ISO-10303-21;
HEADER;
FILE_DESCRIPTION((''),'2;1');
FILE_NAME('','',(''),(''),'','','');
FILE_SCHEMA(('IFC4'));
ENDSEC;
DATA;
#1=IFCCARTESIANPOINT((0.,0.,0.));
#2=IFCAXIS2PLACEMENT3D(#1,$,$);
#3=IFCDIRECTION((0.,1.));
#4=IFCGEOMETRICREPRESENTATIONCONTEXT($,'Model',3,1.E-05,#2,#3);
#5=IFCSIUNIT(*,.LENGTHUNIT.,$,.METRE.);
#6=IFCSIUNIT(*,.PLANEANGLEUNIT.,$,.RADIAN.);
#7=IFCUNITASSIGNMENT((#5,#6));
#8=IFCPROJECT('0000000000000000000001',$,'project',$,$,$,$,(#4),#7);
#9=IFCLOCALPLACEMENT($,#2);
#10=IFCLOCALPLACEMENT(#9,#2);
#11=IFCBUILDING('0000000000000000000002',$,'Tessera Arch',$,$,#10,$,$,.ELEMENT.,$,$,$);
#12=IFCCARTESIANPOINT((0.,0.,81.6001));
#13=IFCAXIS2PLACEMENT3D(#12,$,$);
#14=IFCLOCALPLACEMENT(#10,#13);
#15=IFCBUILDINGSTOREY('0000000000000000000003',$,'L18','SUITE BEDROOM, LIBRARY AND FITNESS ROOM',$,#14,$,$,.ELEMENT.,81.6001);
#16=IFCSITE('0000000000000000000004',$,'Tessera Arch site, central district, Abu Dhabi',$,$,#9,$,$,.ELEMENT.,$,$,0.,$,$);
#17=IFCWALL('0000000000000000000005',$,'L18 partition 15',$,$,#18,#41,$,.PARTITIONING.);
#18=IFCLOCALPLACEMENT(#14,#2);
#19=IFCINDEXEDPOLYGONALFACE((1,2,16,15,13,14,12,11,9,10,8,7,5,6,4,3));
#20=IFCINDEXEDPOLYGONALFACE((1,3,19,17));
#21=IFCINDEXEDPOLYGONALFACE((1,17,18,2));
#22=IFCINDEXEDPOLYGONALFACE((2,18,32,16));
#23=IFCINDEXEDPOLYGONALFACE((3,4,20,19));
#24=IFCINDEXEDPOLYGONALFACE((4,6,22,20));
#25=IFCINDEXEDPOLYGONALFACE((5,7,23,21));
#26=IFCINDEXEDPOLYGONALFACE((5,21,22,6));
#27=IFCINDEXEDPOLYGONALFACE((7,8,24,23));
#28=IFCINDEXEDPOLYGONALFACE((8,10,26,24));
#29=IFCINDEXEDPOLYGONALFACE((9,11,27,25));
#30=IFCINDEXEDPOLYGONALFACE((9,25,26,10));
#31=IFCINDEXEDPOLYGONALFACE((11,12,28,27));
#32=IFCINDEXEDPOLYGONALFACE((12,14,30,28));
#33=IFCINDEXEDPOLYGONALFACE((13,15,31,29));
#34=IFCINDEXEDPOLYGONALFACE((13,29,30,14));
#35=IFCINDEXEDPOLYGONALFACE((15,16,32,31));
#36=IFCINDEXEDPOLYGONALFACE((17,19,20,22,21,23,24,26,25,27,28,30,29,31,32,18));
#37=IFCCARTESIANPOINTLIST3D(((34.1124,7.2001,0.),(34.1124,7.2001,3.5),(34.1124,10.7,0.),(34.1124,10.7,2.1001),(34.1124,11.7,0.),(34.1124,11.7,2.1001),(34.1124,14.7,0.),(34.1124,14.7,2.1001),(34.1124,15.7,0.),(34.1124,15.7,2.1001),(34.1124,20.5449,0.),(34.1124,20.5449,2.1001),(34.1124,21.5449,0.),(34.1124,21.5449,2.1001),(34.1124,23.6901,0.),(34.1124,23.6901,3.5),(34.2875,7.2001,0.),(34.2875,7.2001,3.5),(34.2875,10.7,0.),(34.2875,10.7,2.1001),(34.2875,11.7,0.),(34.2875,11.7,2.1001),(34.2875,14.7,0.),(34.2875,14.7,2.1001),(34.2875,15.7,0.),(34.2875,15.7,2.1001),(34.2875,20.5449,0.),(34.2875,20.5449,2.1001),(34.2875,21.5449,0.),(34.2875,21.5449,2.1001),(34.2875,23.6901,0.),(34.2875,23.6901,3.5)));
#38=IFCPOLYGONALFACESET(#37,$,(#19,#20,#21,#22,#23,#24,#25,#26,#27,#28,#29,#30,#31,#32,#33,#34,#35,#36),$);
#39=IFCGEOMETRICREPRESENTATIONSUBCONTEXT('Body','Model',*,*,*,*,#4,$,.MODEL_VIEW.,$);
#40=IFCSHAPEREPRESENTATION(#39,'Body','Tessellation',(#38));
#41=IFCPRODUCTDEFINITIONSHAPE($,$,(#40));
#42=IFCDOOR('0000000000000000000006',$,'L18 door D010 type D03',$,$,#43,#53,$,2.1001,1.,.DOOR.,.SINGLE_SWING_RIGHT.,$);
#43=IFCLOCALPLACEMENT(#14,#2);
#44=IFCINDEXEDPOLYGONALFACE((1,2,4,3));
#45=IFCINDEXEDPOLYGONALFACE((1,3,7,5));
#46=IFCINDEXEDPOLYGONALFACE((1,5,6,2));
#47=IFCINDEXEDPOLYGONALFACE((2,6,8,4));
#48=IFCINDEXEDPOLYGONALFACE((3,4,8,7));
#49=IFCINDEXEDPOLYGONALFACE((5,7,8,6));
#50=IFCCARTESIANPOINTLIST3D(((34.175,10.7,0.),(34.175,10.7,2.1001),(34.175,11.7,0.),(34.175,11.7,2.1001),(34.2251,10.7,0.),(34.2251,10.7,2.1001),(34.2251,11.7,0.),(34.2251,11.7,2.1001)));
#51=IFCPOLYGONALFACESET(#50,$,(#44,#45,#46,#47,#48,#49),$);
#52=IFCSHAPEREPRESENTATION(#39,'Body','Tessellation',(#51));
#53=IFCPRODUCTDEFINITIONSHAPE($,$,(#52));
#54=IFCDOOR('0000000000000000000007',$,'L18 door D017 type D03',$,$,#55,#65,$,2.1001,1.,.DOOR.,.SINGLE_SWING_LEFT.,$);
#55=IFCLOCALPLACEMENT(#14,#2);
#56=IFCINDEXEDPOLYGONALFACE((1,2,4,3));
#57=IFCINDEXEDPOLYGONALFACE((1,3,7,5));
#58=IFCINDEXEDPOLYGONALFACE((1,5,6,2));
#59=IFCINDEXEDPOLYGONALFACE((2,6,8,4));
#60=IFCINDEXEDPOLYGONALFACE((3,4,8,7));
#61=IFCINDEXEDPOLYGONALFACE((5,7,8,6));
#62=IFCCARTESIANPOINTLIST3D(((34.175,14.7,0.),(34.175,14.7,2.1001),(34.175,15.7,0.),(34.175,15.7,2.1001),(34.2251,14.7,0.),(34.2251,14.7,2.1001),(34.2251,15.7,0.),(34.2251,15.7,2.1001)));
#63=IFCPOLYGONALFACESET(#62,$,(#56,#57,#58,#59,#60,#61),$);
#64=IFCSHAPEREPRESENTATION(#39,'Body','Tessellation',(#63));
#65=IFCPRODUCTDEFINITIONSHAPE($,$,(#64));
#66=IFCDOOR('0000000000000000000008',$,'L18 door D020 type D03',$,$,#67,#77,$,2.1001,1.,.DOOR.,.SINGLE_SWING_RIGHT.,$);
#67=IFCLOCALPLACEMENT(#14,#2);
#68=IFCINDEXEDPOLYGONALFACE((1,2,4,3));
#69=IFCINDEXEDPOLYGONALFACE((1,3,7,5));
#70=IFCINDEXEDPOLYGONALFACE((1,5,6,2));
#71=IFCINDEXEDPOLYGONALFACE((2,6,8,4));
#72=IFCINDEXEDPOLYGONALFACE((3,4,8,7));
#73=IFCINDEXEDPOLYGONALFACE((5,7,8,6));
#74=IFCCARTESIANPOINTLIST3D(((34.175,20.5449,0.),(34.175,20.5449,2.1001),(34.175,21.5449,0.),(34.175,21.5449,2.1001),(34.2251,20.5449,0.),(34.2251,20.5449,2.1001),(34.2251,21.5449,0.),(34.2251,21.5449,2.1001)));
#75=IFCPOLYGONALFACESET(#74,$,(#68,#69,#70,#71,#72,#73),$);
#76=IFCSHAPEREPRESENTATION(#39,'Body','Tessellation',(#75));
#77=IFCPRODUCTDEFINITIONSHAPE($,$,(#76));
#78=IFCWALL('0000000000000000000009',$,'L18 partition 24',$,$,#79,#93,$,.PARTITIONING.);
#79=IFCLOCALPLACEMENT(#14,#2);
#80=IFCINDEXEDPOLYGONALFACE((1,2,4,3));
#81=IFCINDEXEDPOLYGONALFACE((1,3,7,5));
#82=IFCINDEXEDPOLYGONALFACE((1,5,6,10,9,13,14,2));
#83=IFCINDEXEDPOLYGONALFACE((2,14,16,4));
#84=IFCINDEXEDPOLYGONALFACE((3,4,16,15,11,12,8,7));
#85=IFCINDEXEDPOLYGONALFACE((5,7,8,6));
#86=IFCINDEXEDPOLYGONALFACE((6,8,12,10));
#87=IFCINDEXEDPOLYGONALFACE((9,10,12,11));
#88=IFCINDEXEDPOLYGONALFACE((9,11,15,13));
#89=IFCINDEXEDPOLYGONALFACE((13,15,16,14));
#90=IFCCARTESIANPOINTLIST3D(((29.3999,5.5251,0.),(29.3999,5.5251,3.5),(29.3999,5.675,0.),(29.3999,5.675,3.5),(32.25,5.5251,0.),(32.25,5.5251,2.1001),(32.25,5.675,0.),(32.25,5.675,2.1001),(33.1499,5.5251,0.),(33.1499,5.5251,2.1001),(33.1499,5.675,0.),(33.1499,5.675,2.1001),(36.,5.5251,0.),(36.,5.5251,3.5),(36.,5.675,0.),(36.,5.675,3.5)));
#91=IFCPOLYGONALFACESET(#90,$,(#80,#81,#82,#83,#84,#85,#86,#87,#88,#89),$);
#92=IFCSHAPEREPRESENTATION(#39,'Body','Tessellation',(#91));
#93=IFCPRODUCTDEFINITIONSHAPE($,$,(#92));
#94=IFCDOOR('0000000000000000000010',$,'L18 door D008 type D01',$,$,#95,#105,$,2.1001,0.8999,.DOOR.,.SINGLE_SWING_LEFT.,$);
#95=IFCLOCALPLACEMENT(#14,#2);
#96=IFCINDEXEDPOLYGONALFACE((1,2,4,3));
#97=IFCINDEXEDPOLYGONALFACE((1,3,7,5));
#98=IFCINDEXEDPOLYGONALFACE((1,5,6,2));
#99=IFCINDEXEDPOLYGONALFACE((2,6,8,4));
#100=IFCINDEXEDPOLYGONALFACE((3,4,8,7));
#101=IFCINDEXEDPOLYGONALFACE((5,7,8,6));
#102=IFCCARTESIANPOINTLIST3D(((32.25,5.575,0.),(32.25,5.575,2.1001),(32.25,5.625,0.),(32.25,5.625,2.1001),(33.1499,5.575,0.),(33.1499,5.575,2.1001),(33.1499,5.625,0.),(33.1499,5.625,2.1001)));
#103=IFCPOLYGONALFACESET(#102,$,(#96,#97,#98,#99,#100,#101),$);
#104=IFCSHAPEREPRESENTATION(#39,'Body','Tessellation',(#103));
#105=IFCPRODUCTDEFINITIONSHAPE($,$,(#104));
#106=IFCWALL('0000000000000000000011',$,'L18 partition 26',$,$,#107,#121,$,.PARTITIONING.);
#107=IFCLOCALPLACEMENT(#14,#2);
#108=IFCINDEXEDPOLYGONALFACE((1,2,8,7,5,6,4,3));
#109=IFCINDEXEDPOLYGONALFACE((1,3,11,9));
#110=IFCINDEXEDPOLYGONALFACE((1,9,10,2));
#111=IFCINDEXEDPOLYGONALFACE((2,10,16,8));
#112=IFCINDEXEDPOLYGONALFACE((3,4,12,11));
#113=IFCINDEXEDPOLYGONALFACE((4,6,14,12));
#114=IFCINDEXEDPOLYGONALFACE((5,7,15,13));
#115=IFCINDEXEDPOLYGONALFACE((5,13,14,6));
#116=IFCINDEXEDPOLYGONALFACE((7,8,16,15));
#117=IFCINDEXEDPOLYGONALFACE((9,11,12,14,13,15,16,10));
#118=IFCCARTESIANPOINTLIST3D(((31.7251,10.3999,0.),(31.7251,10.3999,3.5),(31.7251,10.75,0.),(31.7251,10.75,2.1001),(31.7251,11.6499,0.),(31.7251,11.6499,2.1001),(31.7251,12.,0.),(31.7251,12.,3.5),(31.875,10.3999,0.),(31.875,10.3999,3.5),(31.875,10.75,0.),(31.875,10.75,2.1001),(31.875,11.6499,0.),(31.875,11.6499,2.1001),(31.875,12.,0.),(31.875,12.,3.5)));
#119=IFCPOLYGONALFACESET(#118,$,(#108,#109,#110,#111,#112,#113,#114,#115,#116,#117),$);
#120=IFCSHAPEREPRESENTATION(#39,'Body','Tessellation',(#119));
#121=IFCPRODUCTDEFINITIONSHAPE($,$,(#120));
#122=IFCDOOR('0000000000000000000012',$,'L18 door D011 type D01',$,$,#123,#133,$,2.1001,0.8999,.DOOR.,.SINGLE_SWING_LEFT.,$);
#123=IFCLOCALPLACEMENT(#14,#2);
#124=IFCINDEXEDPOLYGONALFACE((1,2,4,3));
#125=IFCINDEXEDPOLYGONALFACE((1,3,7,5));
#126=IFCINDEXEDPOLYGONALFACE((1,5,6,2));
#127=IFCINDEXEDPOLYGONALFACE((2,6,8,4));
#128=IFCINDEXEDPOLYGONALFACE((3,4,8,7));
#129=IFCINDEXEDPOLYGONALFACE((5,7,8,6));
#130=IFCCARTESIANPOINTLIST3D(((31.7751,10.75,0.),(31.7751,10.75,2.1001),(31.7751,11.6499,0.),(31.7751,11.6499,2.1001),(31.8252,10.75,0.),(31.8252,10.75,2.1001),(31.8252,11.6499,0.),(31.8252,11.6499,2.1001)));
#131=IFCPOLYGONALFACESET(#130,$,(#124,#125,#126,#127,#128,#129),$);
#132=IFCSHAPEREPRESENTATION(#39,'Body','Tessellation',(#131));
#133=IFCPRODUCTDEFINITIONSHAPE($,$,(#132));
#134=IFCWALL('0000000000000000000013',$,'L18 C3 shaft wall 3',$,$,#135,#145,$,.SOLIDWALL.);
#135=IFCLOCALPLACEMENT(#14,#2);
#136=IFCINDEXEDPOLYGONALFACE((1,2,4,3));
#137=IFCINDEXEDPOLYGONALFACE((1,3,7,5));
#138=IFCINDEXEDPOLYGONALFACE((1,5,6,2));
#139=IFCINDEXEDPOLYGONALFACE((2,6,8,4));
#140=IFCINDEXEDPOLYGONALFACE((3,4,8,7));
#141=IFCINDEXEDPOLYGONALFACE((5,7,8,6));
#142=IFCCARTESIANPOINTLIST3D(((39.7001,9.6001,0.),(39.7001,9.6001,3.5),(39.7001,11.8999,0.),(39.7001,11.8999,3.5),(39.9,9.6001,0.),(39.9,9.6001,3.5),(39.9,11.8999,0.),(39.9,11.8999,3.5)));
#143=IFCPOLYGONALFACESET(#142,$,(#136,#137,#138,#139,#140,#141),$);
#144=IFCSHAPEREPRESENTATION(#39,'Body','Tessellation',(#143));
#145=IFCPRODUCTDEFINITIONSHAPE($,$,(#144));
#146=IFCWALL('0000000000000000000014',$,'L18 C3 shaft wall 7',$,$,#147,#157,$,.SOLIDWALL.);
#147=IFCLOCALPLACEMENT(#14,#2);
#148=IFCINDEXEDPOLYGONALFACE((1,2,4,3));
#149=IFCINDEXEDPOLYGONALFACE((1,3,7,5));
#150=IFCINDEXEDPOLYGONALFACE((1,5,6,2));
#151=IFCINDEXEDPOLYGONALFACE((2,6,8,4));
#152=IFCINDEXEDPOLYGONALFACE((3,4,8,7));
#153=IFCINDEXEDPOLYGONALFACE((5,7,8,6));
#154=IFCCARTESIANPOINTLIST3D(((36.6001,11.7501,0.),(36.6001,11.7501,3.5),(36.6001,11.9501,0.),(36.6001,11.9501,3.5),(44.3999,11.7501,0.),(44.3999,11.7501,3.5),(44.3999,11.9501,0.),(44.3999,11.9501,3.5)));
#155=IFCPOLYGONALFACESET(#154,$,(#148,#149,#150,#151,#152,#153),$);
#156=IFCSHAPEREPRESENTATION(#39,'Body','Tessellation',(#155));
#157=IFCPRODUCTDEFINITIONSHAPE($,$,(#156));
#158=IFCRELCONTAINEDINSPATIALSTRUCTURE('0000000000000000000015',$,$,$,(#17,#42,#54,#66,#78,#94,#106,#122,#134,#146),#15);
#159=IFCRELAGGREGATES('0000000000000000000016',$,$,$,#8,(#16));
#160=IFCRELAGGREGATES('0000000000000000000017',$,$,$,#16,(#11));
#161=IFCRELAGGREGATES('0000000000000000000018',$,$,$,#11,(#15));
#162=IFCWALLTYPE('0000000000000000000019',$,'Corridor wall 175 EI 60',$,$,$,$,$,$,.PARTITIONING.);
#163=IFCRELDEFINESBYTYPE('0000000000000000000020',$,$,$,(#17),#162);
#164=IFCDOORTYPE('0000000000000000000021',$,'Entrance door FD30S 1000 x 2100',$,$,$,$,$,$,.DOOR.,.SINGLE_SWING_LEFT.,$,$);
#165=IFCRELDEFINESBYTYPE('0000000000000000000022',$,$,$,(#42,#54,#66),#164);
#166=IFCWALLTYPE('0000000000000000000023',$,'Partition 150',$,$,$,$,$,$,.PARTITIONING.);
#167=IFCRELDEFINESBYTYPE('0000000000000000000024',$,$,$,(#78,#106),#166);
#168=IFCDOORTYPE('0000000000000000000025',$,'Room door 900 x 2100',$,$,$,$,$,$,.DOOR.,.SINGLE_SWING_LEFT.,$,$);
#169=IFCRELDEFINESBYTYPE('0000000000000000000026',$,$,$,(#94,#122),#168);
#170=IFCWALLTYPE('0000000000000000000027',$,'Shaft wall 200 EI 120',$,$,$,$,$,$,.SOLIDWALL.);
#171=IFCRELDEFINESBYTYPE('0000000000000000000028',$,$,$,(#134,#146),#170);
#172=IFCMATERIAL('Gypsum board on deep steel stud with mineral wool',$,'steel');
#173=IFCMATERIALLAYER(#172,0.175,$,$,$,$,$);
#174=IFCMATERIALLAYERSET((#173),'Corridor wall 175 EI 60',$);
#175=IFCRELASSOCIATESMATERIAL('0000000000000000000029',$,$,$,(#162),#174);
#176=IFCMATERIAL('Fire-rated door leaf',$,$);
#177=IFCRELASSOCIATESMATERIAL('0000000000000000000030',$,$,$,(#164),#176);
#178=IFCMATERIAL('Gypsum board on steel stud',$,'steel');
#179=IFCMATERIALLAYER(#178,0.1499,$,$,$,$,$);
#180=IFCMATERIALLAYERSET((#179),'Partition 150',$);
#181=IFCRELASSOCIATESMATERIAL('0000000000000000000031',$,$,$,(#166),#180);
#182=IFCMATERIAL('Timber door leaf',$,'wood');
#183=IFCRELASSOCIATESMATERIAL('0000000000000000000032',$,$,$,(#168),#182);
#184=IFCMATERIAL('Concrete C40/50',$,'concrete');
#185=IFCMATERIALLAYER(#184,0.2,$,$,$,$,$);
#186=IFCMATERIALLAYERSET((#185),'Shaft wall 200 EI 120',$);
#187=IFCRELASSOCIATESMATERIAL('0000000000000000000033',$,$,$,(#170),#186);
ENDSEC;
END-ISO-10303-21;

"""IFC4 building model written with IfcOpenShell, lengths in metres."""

from ifc_helpers import new_model, si_unit, direction, frame, frame_2d, origin, place, context, subcontext, project, spatial, rectangle, extrude, material, layer, layer_set, type_object, element, fill, save


model = new_model("IFC4")

# Units and contexts
model_context = context("Model", 3, precision=1e-05, world=origin(), true_north=direction((0.0, 1.0)))
body_context = subcontext(model_context, "Body", "Model", "MODEL_VIEW")
ifc_project = project(units=[si_unit("LENGTHUNIT", "METRE"), si_unit("PLANEANGLEUNIT", "RADIAN")], contexts=[model_context])

# Site, building, storey
site_placement = place(None, origin())
site = spatial("IfcSite", under=ifc_project, at=site_placement, Name="Tessera Arch site, central district, Abu Dhabi", CompositionType="ELEMENT", RefElevation=0.0)
building_placement = place(site_placement, origin())
building = spatial("IfcBuilding", under=site, at=building_placement, Name="Tessera Arch", CompositionType="ELEMENT")
storey_placement = place(building_placement, frame((0.0, 0.0, 81.6001)))
storey = spatial("IfcBuildingStorey", under=building, at=storey_placement, Name="L18", Description="SUITE BEDROOM, LIBRARY AND FITNESS ROOM", CompositionType="ELEMENT", Elevation=81.6001)

# Wall, openings, doors
ifc_material_1 = material(Name="Gypsum board on deep steel stud with mineral wool", Category="steel")
ifc_layer_1 = layer(ifc_material_1, 0.175)
ifc_layer_set_1 = layer_set([ifc_layer_1], Name="Corridor wall 175 EI 60")
wall_type_1 = type_object("IfcWallType", Name="Corridor wall 175 EI 60", PredefinedType="PARTITIONING", material=ifc_layer_set_1)
ifc_material_2 = material(Name="Fire-rated door leaf")
door_type_1 = type_object("IfcDoorType", Name="Entrance door FD30S 1000 x 2100", OperationType="SINGLE_SWING_LEFT", PredefinedType="DOOR", material=ifc_material_2)
wall_1_placement = place(storey_placement, frame((34.2, 7.2, 0.0), z_axis=(0.0, 0.0, 1.0), x_axis=(0.0, 1.0, 0.0)))
wall_1 = element("IfcWall", 1, at=wall_1_placement, inside=storey, type_object=wall_type_1, Name="L18 partition 15", PredefinedType="PARTITIONING", context=body_context, shape_type="SweptSolid", body=[
    extrude(rectangle(XDim=16.49, YDim=0.175, at=frame_2d((8.2451, 0.0))), origin(), (0.0, 0.0, 1.0), 3.5),
])
opening_1_placement = place(wall_1_placement, frame((3.5, 0.0, 0.0)))
opening_1 = element("IfcOpeningElement", 2, at=opening_1_placement, cuts=wall_1, PredefinedType="OPENING", context=body_context, shape_type="SweptSolid", body=[
    extrude(rectangle(XDim=1.0, YDim=2.1001, at=frame_2d((0.5, 1.05))), frame((0.0, 0.0974, 0.0), z_axis=(0.0, -1.0, 0.0), x_axis=(1.0, 0.0, 0.0)), (0.0, 0.0, 1.0), 0.1951),
])
opening_2_placement = place(wall_1_placement, frame((7.5, 0.0, 0.0)))
opening_2 = element("IfcOpeningElement", 3, at=opening_2_placement, cuts=wall_1, PredefinedType="OPENING", context=body_context, shape_type="SweptSolid", body=[
    extrude(rectangle(XDim=1.0, YDim=2.1001, at=frame_2d((0.5, 1.05))), frame((0.0, 0.0974, 0.0), z_axis=(0.0, -1.0, 0.0), x_axis=(1.0, 0.0, 0.0)), (0.0, 0.0, 1.0), 0.1951),
])
opening_3_placement = place(wall_1_placement, frame((13.345, 0.0, 0.0)))
opening_3 = element("IfcOpeningElement", 4, at=opening_3_placement, cuts=wall_1, PredefinedType="OPENING", context=body_context, shape_type="SweptSolid", body=[
    extrude(rectangle(XDim=1.0, YDim=2.1001, at=frame_2d((0.5, 1.05))), frame((0.0, 0.0974, 0.0), z_axis=(0.0, -1.0, 0.0), x_axis=(1.0, 0.0, 0.0)), (0.0, 0.0, 1.0), 0.1951),
])
door_1_placement = place(opening_1_placement, origin())
door_1 = element("IfcDoor", 5, at=door_1_placement, inside=storey, type_object=door_type_1, Name="L18 door D010 type D03", OperationType="SINGLE_SWING_RIGHT", OverallHeight=2.1001, OverallWidth=1.0, PredefinedType="DOOR", context=body_context, shape_type="SweptSolid", body=[
    extrude(rectangle(XDim=1.0, YDim=2.1001, at=frame_2d((0.5, 1.05))), frame((0.0, 0.0249, 0.0), z_axis=(0.0, -1.0, 0.0), x_axis=(1.0, 0.0, 0.0)), (0.0, 0.0, 1.0), 0.05),
])
fill(opening_1, door_1)
door_2_placement = place(opening_2_placement, origin())
door_2 = element("IfcDoor", 6, at=door_2_placement, inside=storey, type_object=door_type_1, Name="L18 door D017 type D03", OperationType="SINGLE_SWING_LEFT", OverallHeight=2.1001, OverallWidth=1.0, PredefinedType="DOOR", context=body_context, shape_type="SweptSolid", body=[
    extrude(rectangle(XDim=1.0, YDim=2.1001, at=frame_2d((0.5, 1.05))), frame((0.0, 0.0249, 0.0), z_axis=(0.0, -1.0, 0.0), x_axis=(1.0, 0.0, 0.0)), (0.0, 0.0, 1.0), 0.05),
])
fill(opening_2, door_2)
door_3_placement = place(opening_3_placement, origin())
door_3 = element("IfcDoor", 7, at=door_3_placement, inside=storey, type_object=door_type_1, Name="L18 door D020 type D03", OperationType="SINGLE_SWING_RIGHT", OverallHeight=2.1001, OverallWidth=1.0, PredefinedType="DOOR", context=body_context, shape_type="SweptSolid", body=[
    extrude(rectangle(XDim=1.0, YDim=2.1001, at=frame_2d((0.5, 1.05))), frame((0.0, 0.0249, 0.0), z_axis=(0.0, -1.0, 0.0), x_axis=(1.0, 0.0, 0.0)), (0.0, 0.0, 1.0), 0.05),
])
fill(opening_3, door_3)

# Walls, openings, doors
ifc_material_3 = material(Name="Gypsum board on steel stud", Category="steel")
ifc_layer_2 = layer(ifc_material_3, 0.1499)
ifc_layer_set_2 = layer_set([ifc_layer_2], Name="Partition 150")
wall_type_2 = type_object("IfcWallType", Name="Partition 150", PredefinedType="PARTITIONING", material=ifc_layer_set_2)
wall_2_placement = place(storey_placement, frame((29.3999, 5.6001, 0.0), z_axis=(0.0, 0.0, 1.0), x_axis=(1.0, 0.0, 0.0)))
wall_2 = element("IfcWall", 8, at=wall_2_placement, inside=storey, type_object=wall_type_2, Name="L18 partition 24", PredefinedType="PARTITIONING", context=body_context, shape_type="SweptSolid", body=[
    extrude(rectangle(XDim=6.6001, YDim=0.1499, at=frame_2d((3.3, 0.0))), origin(), (0.0, 0.0, 1.0), 3.5),
])
opening_4_placement = place(wall_2_placement, frame((2.8501, 0.0, 0.0)))
opening_4 = element("IfcOpeningElement", 9, at=opening_4_placement, cuts=wall_2, PredefinedType="OPENING", context=body_context, shape_type="SweptSolid", body=[
    extrude(rectangle(XDim=0.8999, YDim=2.1001, at=frame_2d((0.45, 1.05))), frame((0.0, 0.085, 0.0), z_axis=(0.0, -1.0, 0.0), x_axis=(1.0, 0.0, 0.0)), (0.0, 0.0, 1.0), 0.1699),
])
ifc_material_4 = material(Name="Timber door leaf", Category="wood")
door_type_2 = type_object("IfcDoorType", Name="Room door 900 x 2100", OperationType="SINGLE_SWING_LEFT", PredefinedType="DOOR", material=ifc_material_4)
door_4_placement = place(opening_4_placement, origin())
door_4 = element("IfcDoor", 10, at=door_4_placement, inside=storey, type_object=door_type_2, Name="L18 door D008 type D01", OperationType="SINGLE_SWING_LEFT", OverallHeight=2.1001, OverallWidth=0.8999, PredefinedType="DOOR", context=body_context, shape_type="SweptSolid", body=[
    extrude(rectangle(XDim=0.8999, YDim=2.1001, at=frame_2d((0.45, 1.05))), frame((0.0, 0.0249, 0.0), z_axis=(0.0, -1.0, 0.0), x_axis=(1.0, 0.0, 0.0)), (0.0, 0.0, 1.0), 0.05),
])
fill(opening_4, door_4)
wall_3_placement = place(storey_placement, frame((31.8, 10.3999, 0.0), z_axis=(0.0, 0.0, 1.0), x_axis=(0.0, 1.0, 0.0)))
wall_3 = element("IfcWall", 11, at=wall_3_placement, inside=storey, type_object=wall_type_2, Name="L18 partition 26", PredefinedType="PARTITIONING", context=body_context, shape_type="SweptSolid", body=[
    extrude(rectangle(XDim=1.6001, YDim=0.1499, at=frame_2d((0.8, 0.0))), origin(), (0.0, 0.0, 1.0), 3.5),
])
opening_5_placement = place(wall_3_placement, frame((0.3501, 0.0, 0.0)))
opening_5 = element("IfcOpeningElement", 12, at=opening_5_placement, cuts=wall_3, PredefinedType="OPENING", context=body_context, shape_type="SweptSolid", body=[
    extrude(rectangle(XDim=0.8999, YDim=2.1001, at=frame_2d((0.45, 1.05))), frame((0.0, 0.085, 0.0), z_axis=(0.0, -1.0, 0.0), x_axis=(1.0, 0.0, 0.0)), (0.0, 0.0, 1.0), 0.1699),
])
door_5_placement = place(opening_5_placement, origin())
door_5 = element("IfcDoor", 13, at=door_5_placement, inside=storey, type_object=door_type_2, Name="L18 door D011 type D01", OperationType="SINGLE_SWING_LEFT", OverallHeight=2.1001, OverallWidth=0.8999, PredefinedType="DOOR", context=body_context, shape_type="SweptSolid", body=[
    extrude(rectangle(XDim=0.8999, YDim=2.1001, at=frame_2d((0.45, 1.05))), frame((0.0, 0.0249, 0.0), z_axis=(0.0, -1.0, 0.0), x_axis=(1.0, 0.0, 0.0)), (0.0, 0.0, 1.0), 0.05),
])
fill(opening_5, door_5)

# Walls
ifc_material_5 = material(Name="Concrete C40/50", Category="concrete")
ifc_layer_3 = layer(ifc_material_5, 0.2)
ifc_layer_set_3 = layer_set([ifc_layer_3], Name="Shaft wall 200 EI 120")
wall_type_3 = type_object("IfcWallType", Name="Shaft wall 200 EI 120", PredefinedType="SOLIDWALL", material=ifc_layer_set_3)
wall_4_placement = place(storey_placement, frame((39.8, 9.6001, 0.0), z_axis=(0.0, 0.0, 1.0), x_axis=(0.0, 1.0, 0.0)))
element("IfcWall", 14, at=wall_4_placement, inside=storey, type_object=wall_type_3, Name="L18 C3 shaft wall 3", PredefinedType="SOLIDWALL", context=body_context, shape_type="SweptSolid", body=[
    extrude(rectangle(XDim=2.2998, YDim=0.2, at=frame_2d((1.1499, 0.0))), origin(), (0.0, 0.0, 1.0), 3.5),
])
wall_5_placement = place(storey_placement, frame((36.6001, 11.8501, 0.0), z_axis=(0.0, 0.0, 1.0), x_axis=(1.0, 0.0, 0.0)))
element("IfcWall", 15, at=wall_5_placement, inside=storey, type_object=wall_type_3, Name="L18 C3 shaft wall 7", PredefinedType="SOLIDWALL", context=body_context, shape_type="SweptSolid", body=[
    extrude(rectangle(XDim=7.7998, YDim=0.2, at=frame_2d((3.8999, 0.0))), origin(), (0.0, 0.0, 1.0), 3.5),
])

save(model, "model.ifc")
